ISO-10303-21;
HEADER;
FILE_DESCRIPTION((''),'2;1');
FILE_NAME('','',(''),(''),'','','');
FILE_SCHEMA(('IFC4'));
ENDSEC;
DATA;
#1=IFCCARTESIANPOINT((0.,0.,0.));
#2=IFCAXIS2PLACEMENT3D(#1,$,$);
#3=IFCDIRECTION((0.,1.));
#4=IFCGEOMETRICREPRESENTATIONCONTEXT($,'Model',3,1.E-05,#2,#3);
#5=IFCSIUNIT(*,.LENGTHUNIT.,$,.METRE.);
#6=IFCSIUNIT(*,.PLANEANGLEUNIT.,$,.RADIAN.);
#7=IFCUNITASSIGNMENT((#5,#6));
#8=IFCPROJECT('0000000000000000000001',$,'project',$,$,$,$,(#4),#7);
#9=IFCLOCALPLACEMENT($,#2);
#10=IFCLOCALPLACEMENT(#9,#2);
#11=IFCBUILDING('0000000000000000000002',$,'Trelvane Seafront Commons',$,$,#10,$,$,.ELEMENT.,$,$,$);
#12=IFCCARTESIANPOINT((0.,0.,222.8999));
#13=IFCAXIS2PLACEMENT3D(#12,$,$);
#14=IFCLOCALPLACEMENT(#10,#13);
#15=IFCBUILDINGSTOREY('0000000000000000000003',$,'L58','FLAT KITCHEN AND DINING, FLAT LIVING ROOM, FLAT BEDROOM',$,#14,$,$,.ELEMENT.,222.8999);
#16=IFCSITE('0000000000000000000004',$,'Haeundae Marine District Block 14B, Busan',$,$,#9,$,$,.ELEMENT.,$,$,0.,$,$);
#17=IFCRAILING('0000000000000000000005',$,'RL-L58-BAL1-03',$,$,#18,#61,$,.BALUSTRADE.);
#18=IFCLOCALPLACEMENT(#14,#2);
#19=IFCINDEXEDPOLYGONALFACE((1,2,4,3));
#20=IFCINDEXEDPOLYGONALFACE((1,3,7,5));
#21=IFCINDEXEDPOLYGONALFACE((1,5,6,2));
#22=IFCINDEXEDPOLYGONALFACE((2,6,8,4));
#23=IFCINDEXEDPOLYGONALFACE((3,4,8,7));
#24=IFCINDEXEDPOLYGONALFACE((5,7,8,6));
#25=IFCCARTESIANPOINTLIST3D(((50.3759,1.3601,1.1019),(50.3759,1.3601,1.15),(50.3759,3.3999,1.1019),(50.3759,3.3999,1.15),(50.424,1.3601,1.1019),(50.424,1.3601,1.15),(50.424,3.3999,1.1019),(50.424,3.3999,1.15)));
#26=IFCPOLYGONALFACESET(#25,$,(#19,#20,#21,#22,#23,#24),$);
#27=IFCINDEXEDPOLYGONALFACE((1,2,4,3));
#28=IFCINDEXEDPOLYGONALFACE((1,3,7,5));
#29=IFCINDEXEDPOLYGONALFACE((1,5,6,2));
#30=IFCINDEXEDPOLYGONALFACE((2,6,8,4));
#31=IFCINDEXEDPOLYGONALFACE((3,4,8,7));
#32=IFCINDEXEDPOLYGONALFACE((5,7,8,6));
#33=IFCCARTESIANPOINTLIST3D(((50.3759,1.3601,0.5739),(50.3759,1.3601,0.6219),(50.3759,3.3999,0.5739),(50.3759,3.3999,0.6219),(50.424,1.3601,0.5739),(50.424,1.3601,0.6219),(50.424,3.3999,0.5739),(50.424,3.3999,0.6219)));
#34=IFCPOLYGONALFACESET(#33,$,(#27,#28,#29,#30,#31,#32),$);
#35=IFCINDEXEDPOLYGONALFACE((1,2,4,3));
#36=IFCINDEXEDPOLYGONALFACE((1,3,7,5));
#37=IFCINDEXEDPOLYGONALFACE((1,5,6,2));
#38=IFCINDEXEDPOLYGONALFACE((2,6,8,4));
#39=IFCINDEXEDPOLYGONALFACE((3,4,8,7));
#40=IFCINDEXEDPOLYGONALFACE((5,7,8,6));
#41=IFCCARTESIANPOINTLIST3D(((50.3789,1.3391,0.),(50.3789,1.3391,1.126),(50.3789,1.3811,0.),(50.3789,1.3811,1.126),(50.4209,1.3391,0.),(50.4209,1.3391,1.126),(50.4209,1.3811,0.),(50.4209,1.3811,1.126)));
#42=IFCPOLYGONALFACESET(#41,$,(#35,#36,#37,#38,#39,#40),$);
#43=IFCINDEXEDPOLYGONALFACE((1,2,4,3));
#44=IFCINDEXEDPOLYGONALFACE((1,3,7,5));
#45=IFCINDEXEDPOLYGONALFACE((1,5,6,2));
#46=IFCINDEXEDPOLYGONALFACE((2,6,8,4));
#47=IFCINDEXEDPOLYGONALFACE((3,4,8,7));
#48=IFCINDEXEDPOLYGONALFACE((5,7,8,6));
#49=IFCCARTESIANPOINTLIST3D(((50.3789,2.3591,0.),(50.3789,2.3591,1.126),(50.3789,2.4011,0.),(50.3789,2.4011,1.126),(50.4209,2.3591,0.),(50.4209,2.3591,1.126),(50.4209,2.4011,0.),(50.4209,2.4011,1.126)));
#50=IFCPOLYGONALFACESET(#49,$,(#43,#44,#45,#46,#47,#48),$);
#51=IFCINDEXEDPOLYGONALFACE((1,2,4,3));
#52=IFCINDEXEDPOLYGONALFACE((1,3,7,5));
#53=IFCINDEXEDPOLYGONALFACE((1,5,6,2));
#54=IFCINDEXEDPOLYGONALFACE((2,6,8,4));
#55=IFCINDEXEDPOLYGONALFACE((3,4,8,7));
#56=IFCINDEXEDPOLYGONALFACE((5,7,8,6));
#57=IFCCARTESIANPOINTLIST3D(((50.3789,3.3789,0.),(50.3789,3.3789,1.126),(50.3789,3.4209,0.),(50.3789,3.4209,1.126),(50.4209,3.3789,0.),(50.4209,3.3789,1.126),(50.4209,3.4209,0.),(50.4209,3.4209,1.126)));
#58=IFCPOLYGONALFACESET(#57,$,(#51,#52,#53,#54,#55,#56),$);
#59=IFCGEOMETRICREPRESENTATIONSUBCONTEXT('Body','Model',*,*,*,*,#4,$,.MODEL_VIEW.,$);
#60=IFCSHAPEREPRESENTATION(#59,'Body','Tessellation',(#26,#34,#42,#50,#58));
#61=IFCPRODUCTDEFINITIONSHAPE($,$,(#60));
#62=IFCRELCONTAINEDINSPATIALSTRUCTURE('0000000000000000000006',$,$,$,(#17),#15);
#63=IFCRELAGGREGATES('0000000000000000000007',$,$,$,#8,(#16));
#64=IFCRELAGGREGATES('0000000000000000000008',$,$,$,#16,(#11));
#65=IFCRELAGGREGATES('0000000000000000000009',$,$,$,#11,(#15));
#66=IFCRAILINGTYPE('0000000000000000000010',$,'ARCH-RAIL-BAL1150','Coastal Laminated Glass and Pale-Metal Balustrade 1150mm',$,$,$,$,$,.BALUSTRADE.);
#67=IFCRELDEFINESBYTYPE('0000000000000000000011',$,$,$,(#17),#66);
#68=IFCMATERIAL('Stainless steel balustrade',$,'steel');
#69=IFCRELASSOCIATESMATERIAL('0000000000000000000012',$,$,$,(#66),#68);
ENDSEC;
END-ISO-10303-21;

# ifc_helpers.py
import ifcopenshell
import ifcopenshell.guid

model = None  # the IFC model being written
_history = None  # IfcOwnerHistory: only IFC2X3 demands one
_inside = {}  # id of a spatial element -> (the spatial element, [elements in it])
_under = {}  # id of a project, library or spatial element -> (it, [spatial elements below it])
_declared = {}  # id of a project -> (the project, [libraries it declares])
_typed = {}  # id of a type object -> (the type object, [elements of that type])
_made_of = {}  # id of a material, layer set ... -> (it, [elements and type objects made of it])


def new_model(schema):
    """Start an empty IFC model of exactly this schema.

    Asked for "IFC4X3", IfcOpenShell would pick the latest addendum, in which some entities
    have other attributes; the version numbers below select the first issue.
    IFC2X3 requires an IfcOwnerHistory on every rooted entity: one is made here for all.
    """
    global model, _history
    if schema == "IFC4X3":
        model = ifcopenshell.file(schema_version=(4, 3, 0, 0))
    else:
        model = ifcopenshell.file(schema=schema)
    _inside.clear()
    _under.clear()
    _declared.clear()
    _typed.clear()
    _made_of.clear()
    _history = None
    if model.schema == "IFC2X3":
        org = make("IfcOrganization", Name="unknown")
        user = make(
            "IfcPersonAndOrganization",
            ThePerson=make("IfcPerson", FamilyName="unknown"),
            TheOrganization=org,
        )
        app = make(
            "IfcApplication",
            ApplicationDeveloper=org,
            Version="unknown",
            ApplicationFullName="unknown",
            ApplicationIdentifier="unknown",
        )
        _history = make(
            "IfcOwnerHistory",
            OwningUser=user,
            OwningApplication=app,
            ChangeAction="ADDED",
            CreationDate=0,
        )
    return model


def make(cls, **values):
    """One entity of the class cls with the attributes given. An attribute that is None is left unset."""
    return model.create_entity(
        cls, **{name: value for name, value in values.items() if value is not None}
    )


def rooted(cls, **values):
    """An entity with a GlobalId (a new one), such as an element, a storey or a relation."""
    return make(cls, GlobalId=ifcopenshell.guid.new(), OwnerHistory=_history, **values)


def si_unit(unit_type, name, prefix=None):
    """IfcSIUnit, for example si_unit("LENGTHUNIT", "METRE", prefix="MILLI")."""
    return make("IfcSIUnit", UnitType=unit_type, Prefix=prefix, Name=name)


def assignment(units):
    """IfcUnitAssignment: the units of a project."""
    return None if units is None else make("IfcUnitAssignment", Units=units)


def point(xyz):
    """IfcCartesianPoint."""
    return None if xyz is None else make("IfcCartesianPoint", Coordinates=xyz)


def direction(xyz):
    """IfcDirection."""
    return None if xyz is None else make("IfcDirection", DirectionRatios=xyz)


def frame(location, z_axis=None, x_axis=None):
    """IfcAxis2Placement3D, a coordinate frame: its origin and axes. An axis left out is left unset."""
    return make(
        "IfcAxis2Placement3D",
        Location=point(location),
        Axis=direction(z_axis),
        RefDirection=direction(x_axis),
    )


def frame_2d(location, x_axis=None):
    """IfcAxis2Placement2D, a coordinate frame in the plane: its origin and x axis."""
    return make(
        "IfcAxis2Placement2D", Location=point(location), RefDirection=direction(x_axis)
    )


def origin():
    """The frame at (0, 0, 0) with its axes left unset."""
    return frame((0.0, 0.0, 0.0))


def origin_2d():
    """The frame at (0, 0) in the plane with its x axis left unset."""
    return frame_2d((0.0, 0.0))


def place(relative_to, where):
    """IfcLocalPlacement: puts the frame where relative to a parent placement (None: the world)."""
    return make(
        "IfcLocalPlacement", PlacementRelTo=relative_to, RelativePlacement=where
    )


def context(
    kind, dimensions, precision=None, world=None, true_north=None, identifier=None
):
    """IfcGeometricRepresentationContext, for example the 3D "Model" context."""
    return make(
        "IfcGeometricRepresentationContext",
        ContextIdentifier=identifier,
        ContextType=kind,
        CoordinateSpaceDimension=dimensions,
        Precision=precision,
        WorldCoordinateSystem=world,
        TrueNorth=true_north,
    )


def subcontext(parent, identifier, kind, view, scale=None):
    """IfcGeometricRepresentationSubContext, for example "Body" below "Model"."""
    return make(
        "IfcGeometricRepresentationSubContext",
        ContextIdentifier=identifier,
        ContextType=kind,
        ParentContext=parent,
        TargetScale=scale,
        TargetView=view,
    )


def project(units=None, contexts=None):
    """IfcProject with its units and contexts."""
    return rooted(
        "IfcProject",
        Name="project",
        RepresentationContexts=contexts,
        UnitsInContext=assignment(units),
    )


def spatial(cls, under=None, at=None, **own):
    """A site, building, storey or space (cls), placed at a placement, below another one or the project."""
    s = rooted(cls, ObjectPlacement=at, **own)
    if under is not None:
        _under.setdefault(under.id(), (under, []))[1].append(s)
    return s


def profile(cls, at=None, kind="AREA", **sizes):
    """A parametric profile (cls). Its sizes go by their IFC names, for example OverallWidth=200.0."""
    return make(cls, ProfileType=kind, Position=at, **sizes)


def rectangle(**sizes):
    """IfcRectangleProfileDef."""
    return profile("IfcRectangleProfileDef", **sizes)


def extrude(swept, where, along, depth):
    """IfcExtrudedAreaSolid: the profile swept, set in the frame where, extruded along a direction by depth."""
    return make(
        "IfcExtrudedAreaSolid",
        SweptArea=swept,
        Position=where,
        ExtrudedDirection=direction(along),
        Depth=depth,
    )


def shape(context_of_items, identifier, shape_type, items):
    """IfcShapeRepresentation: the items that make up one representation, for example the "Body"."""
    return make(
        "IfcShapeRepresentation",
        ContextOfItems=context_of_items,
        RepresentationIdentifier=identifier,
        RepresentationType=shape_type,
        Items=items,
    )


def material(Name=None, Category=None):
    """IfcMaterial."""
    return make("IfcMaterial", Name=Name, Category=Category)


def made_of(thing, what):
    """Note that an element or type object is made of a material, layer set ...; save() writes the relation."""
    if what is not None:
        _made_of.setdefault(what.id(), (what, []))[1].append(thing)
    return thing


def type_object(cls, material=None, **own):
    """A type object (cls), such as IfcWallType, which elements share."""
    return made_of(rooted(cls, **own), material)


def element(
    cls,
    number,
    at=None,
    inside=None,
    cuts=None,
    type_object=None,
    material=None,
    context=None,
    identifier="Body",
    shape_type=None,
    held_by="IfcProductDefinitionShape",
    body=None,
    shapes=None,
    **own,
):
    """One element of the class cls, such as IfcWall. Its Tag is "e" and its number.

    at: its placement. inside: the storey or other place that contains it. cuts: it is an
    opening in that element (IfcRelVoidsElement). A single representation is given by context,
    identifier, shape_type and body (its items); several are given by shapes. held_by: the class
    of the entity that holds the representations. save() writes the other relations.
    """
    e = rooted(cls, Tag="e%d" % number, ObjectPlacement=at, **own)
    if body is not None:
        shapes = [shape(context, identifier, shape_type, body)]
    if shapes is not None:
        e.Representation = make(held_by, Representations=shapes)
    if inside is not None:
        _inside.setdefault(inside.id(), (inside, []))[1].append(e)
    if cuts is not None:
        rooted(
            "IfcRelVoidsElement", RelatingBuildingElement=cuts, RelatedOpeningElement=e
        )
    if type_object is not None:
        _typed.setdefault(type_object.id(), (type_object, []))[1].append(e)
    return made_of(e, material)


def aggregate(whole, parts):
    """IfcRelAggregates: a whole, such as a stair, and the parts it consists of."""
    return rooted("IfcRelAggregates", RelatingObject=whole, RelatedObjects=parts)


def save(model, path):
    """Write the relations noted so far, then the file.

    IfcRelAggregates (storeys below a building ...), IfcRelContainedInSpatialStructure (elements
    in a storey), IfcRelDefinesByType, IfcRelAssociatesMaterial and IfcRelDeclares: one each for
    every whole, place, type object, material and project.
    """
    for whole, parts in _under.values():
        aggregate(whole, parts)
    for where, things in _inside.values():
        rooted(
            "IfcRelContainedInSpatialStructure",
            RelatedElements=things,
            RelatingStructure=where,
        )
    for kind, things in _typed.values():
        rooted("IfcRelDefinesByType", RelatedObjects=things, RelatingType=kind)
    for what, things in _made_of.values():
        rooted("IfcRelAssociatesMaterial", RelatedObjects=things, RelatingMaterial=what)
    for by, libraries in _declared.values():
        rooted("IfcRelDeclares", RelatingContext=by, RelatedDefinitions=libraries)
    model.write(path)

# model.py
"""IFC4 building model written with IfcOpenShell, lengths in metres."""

from ifc_helpers import new_model, si_unit, direction, frame, origin, origin_2d, place, context, subcontext, project, spatial, rectangle, extrude, material, type_object, element, save


model = new_model("IFC4")

# Units and contexts
model_context = context("Model", 3, precision=1e-05, world=origin(), true_north=direction((0.0, 1.0)))
body_context = subcontext(model_context, "Body", "Model", "MODEL_VIEW")
ifc_project = project(units=[si_unit("LENGTHUNIT", "METRE"), si_unit("PLANEANGLEUNIT", "RADIAN")], contexts=[model_context])

# Site, building, storey
site_placement = place(None, origin())
site = spatial("IfcSite", under=ifc_project, at=site_placement, Name="Haeundae Marine District Block 14B, Busan", CompositionType="ELEMENT", RefElevation=0.0)
building_placement = place(site_placement, origin())
building = spatial("IfcBuilding", under=site, at=building_placement, Name="Trelvane Seafront Commons", CompositionType="ELEMENT")
storey_placement = place(building_placement, frame((0.0, 0.0, 222.8999)))
storey = spatial("IfcBuildingStorey", under=building, at=storey_placement, Name="L58", Description="FLAT KITCHEN AND DINING, FLAT LIVING ROOM, FLAT BEDROOM", CompositionType="ELEMENT", Elevation=222.8999)

# Railing
ifc_material_1 = material(Name="Stainless steel balustrade", Category="steel")
railing_type = type_object("IfcRailingType", Name="ARCH-RAIL-BAL1150", Description="Coastal Laminated Glass and Pale-Metal Balustrade 1150mm", PredefinedType="BALUSTRADE", material=ifc_material_1)
railing_placement = place(storey_placement, frame((50.3999, 1.3601, 0.0)))
element("IfcRailing", 1, at=railing_placement, inside=storey, type_object=railing_type, Name="RL-L58-BAL1-03", PredefinedType="BALUSTRADE", context=body_context, shape_type="SweptSolid", body=[
    extrude(rectangle(XDim=0.0481, YDim=0.0481, at=origin_2d()), frame((0.0, 0.0, 1.126), z_axis=(0.0, 1.0, 0.0), x_axis=(-1.0, 0.0, 0.0)), (0.0, 0.0, 1.0), 2.0398),
    extrude(rectangle(XDim=0.0481, YDim=0.0481, at=origin_2d()), frame((0.0, 0.0, 0.5979), z_axis=(0.0, 1.0, 0.0), x_axis=(-1.0, 0.0, 0.0)), (0.0, 0.0, 1.0), 2.0398),
    extrude(rectangle(XDim=0.042, YDim=0.042, at=origin_2d()), origin(), (0.0, 0.0, 1.0), 1.126),
    extrude(rectangle(XDim=0.042, YDim=0.042, at=origin_2d()), frame((0.0, 1.02, 0.0)), (0.0, 0.0, 1.0), 1.126),
    extrude(rectangle(XDim=0.042, YDim=0.042, at=origin_2d()), frame((0.0, 2.0398, 0.0)), (0.0, 0.0, 1.0), 1.126),
])

save(model, "model.ifc")
